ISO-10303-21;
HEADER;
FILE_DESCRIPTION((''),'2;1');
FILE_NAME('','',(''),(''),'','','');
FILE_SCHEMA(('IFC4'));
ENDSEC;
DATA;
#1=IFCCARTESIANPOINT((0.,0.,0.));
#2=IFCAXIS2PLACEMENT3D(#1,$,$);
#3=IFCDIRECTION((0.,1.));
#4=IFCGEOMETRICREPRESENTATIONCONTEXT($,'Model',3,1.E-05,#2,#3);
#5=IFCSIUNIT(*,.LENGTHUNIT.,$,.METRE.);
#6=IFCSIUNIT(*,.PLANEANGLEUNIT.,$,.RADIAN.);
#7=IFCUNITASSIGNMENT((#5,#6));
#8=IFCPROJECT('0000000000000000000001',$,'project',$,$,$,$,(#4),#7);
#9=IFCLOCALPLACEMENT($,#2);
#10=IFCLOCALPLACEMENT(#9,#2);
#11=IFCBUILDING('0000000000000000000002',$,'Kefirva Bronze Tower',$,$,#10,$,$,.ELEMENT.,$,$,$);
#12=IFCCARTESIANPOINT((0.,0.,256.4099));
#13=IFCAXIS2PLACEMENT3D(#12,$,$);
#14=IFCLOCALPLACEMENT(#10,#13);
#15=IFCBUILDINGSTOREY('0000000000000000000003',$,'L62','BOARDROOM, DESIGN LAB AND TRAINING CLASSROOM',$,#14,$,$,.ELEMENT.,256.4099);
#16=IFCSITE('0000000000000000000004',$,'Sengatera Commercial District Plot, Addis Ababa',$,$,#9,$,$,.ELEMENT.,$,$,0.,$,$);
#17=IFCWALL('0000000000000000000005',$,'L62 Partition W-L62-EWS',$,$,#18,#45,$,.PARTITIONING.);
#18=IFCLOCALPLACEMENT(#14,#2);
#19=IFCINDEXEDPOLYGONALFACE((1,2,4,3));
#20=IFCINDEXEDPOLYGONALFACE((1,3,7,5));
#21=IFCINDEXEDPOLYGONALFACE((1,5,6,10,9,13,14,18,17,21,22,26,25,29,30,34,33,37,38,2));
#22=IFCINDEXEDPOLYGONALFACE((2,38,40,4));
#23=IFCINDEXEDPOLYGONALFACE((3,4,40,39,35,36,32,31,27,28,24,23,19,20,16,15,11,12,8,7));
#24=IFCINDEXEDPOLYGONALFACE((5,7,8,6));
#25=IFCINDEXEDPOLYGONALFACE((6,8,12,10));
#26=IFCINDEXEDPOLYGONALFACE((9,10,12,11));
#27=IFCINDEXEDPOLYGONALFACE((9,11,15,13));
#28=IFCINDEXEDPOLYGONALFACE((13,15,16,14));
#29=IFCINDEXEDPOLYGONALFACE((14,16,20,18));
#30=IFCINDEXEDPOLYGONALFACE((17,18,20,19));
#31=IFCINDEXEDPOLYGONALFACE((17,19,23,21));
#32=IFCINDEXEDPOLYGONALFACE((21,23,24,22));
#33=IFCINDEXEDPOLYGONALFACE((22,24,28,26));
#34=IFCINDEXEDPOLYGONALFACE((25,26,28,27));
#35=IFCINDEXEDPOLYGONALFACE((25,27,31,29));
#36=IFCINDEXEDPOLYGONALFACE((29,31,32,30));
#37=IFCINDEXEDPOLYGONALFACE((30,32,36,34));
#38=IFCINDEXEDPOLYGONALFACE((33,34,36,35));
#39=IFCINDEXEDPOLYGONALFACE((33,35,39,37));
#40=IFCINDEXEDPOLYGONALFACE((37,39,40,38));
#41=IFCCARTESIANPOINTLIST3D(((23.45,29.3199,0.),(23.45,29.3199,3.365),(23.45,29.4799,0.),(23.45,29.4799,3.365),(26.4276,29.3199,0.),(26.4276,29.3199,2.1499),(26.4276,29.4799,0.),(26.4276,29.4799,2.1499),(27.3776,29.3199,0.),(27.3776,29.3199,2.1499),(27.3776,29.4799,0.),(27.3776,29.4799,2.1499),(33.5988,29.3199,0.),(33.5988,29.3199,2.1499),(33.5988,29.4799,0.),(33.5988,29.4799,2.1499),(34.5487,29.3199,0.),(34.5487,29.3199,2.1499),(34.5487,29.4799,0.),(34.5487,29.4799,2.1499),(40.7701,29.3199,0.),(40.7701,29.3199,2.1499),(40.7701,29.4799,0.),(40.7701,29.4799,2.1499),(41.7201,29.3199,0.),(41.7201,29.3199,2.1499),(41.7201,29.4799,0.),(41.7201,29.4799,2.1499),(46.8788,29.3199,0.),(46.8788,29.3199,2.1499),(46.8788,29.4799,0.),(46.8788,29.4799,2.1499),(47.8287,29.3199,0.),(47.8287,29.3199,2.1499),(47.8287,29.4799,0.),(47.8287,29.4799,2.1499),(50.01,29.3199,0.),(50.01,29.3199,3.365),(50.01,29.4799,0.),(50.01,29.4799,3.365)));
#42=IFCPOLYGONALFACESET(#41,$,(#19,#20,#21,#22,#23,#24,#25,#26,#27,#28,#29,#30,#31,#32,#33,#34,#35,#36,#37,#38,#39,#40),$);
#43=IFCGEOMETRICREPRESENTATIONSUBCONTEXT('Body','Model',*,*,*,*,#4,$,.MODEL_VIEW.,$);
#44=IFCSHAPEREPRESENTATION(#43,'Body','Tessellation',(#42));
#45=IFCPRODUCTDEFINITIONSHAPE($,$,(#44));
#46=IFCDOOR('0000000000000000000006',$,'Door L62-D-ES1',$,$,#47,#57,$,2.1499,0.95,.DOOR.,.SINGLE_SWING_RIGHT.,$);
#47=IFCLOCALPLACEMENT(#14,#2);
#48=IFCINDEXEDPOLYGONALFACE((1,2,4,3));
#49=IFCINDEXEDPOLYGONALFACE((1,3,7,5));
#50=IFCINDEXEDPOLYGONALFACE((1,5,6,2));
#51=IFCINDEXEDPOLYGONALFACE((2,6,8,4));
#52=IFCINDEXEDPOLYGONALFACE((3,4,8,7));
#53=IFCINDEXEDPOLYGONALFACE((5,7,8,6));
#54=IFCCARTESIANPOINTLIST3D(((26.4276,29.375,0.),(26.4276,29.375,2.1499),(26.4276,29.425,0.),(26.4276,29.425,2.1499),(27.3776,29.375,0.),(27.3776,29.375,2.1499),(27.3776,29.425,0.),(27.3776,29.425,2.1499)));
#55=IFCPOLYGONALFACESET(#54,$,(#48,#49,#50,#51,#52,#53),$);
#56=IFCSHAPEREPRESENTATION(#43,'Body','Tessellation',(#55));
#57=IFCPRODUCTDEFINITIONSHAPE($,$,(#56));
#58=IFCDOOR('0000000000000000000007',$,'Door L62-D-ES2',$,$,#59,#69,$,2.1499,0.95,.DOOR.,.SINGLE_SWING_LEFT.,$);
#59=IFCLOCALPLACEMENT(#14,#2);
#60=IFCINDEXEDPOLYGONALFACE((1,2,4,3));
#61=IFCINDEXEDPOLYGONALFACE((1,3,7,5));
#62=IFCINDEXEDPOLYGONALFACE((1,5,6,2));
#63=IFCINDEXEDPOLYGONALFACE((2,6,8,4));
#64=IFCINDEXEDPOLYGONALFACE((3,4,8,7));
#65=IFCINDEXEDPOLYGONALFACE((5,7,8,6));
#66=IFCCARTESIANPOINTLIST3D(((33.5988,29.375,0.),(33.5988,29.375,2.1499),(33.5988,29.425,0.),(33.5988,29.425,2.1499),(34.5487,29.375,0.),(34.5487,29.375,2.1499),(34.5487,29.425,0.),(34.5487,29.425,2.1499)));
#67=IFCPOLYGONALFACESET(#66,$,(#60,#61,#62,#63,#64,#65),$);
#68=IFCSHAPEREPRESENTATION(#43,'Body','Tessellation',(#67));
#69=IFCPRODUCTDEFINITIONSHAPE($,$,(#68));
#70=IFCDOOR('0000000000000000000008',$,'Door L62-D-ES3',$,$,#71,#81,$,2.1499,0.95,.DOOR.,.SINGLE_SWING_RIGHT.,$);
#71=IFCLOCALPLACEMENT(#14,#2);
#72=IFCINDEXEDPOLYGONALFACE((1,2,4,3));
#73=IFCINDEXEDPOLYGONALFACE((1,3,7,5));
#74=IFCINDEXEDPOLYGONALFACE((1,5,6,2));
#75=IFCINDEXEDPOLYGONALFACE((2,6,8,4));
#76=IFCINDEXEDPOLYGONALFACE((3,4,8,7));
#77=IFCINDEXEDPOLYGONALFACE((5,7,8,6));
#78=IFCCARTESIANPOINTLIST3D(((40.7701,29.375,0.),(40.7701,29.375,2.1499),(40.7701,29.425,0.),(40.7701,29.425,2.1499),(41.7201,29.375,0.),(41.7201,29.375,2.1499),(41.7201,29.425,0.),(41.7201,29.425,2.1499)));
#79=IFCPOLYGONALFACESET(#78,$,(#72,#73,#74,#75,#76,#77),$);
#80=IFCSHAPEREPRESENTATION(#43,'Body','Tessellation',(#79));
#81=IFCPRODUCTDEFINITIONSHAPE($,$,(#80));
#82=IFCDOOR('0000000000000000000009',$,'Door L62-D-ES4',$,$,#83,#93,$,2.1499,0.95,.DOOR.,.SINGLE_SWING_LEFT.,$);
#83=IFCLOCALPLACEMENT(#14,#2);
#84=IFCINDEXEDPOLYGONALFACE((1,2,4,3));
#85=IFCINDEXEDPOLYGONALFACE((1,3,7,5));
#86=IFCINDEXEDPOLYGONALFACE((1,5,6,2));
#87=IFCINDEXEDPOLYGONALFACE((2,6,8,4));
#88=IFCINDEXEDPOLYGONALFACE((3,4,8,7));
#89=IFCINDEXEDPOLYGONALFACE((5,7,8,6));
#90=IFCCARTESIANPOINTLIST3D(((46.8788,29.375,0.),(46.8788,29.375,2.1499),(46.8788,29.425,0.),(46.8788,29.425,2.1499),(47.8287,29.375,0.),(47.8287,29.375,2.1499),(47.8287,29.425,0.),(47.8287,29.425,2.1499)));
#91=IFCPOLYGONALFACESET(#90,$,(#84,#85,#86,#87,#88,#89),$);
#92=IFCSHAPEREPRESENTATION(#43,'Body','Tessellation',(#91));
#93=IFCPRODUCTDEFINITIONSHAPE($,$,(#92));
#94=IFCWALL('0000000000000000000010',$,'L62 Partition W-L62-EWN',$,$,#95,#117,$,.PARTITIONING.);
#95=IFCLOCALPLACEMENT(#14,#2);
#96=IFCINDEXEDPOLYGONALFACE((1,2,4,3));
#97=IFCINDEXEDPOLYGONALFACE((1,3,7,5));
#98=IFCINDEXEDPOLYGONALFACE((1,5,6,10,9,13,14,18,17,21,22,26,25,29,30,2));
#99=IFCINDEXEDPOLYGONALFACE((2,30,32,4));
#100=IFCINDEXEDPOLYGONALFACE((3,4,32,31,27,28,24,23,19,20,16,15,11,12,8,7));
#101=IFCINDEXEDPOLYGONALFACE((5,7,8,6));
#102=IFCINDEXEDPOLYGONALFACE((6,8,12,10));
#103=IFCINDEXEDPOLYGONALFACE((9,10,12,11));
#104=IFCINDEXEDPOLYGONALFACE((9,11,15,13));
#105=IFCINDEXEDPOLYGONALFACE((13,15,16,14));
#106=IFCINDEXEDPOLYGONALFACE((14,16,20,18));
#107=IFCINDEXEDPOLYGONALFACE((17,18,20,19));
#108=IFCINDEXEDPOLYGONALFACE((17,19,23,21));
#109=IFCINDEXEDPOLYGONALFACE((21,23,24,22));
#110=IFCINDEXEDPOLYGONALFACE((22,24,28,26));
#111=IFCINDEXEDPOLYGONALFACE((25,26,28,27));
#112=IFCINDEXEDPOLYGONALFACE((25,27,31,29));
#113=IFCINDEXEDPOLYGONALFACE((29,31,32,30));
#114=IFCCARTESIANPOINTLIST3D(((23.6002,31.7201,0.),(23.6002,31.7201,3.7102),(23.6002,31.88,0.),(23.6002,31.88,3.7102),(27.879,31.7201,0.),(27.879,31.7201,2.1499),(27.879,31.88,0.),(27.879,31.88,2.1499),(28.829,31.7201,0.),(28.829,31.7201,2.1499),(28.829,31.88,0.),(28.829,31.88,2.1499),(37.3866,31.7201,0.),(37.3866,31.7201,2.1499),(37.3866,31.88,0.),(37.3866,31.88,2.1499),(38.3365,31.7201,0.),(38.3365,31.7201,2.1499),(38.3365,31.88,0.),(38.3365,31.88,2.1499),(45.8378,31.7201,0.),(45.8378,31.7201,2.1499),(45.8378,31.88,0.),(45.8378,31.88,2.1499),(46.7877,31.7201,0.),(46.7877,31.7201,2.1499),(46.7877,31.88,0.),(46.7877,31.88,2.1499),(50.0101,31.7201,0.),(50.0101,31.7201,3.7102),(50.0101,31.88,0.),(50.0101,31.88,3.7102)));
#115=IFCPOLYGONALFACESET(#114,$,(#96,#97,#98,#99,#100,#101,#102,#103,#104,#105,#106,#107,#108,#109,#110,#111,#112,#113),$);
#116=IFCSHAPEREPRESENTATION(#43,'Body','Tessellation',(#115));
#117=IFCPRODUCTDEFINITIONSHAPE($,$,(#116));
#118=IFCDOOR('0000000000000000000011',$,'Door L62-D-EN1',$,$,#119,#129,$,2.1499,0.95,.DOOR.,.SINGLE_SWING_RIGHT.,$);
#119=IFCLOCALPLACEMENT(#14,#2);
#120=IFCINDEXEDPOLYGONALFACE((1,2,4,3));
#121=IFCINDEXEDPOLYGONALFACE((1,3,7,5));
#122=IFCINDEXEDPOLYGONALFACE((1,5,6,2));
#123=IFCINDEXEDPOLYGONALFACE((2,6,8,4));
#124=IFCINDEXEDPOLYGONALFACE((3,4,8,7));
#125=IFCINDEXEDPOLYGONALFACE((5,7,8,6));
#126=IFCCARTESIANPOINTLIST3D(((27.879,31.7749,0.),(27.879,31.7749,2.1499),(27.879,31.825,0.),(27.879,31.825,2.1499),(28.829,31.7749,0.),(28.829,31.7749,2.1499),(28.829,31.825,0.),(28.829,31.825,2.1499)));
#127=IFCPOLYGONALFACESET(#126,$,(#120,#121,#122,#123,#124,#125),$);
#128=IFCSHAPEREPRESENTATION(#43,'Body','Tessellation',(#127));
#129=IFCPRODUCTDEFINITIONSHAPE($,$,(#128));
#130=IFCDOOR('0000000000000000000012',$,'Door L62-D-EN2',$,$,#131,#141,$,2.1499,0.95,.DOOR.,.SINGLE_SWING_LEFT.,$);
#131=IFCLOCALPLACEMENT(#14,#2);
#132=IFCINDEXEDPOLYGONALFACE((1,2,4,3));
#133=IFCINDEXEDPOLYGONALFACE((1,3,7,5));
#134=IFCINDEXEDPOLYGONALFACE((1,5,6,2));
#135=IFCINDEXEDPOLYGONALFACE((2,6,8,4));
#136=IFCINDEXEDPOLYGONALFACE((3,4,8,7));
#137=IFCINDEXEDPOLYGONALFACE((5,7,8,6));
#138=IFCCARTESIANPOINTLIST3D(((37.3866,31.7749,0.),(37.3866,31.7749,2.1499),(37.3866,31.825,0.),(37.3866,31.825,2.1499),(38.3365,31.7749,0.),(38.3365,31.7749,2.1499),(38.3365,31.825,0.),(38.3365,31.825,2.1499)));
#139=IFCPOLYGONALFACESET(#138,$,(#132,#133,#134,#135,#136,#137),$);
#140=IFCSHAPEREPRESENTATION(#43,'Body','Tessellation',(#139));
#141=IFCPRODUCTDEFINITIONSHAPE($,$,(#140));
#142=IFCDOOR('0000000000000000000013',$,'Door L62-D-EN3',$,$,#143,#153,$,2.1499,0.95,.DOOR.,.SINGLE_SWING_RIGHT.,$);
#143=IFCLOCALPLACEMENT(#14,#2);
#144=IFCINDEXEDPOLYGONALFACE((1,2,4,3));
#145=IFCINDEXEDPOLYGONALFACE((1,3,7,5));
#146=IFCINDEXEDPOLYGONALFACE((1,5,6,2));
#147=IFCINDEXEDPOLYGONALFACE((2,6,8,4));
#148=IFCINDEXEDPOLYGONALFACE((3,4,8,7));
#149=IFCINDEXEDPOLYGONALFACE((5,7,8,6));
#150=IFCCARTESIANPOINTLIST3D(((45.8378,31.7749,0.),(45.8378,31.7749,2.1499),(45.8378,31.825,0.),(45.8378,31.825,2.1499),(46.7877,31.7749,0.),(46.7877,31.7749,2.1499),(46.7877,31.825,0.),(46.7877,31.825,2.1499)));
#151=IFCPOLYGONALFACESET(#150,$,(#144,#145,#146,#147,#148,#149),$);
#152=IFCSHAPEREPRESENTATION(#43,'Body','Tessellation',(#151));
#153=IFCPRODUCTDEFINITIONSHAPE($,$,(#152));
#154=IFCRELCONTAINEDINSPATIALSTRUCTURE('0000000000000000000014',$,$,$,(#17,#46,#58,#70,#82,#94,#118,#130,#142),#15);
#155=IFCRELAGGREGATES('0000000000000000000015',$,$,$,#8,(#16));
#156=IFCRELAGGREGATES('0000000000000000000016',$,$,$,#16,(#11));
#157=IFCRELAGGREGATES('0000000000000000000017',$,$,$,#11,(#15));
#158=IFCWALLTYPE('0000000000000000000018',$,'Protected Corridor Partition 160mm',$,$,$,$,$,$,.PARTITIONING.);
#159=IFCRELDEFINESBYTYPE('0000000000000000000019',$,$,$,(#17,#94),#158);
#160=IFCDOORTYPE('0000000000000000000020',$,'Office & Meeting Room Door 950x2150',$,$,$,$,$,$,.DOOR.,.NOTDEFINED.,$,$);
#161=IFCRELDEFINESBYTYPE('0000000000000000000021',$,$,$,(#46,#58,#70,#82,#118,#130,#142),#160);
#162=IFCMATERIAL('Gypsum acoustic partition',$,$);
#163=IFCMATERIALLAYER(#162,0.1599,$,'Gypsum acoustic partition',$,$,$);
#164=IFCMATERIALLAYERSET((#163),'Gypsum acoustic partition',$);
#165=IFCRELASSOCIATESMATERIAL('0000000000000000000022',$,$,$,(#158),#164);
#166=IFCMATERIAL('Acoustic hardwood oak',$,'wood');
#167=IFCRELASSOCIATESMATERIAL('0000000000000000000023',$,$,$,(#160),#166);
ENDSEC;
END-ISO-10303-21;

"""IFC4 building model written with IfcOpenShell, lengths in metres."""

from ifc_helpers import new_model, si_unit, direction, frame, frame_2d, origin, place, context, subcontext, project, spatial, rectangle, extrude, material, layer, layer_set, type_object, element, fill, save


model = new_model("IFC4")

# Units and contexts
model_context = context("Model", 3, precision=1e-05, world=origin(), true_north=direction((0.0, 1.0)))
body_context = subcontext(model_context, "Body", "Model", "MODEL_VIEW")
ifc_project = project(units=[si_unit("LENGTHUNIT", "METRE"), si_unit("PLANEANGLEUNIT", "RADIAN")], contexts=[model_context])

# Site, building, storey
site_placement = place(None, origin())
site = spatial("IfcSite", under=ifc_project, at=site_placement, Name="Sengatera Commercial District Plot, Addis Ababa", CompositionType="ELEMENT", RefElevation=0.0)
building_placement = place(site_placement, origin())
building = spatial("IfcBuilding", under=site, at=building_placement, Name="Kefirva Bronze Tower", CompositionType="ELEMENT")
storey_placement = place(building_placement, frame((0.0, 0.0, 256.4099)))
storey = spatial("IfcBuildingStorey", under=building, at=storey_placement, Name="L62", Description="BOARDROOM, DESIGN LAB AND TRAINING CLASSROOM", CompositionType="ELEMENT", Elevation=256.4099)

# Shared definitions
ifc_material_1 = material(Name="Gypsum acoustic partition")

# Walls, openings, doors
ifc_layer_1 = layer(ifc_material_1, 0.1599, Name="Gypsum acoustic partition")
ifc_layer_set_1 = layer_set([ifc_layer_1], Name="Gypsum acoustic partition")
wall_type_1 = type_object("IfcWallType", Name="Protected Corridor Partition 160mm", PredefinedType="PARTITIONING", material=ifc_layer_set_1)
wall_1_placement = place(storey_placement, frame((23.45, 29.3999, 0.0), z_axis=(0.0, 0.0, 1.0), x_axis=(1.0, 0.0, 0.0)))
wall_1 = element("IfcWall", 1, at=wall_1_placement, inside=storey, type_object=wall_type_1, Name="L62 Partition W-L62-EWS", PredefinedType="PARTITIONING", context=body_context, shape_type="SweptSolid", body=[
    extrude(rectangle(XDim=26.5601, YDim=0.1599, at=frame_2d((13.28, 0.0))), origin(), (0.0, 0.0, 1.0), 3.365),
])
opening_1_placement = place(wall_1_placement, frame((3.9277, 0.0, 0.0), z_axis=(0.0, 0.0, 1.0), x_axis=(-1.0, 0.0, 0.0)))
opening_1 = element("IfcOpeningElement", 2, at=opening_1_placement, cuts=wall_1, PredefinedType="OPENING", context=body_context, shape_type="SweptSolid", body=[
    extrude(rectangle(XDim=0.95, YDim=2.1499, at=frame_2d((0.4751, 1.075))), frame((0.0, 0.0898, 0.0), z_axis=(0.0, -1.0, 0.0), x_axis=(1.0, 0.0, 0.0)), (0.0, 0.0, 1.0), 0.1799),
])
opening_2_placement = place(wall_1_placement, frame((11.0989, 0.0, 0.0), z_axis=(0.0, 0.0, 1.0), x_axis=(-1.0, 0.0, 0.0)))
opening_2 = element("IfcOpeningElement", 3, at=opening_2_placement, cuts=wall_1, PredefinedType="OPENING", context=body_context, shape_type="SweptSolid", body=[
    extrude(rectangle(XDim=0.95, YDim=2.1499, at=frame_2d((0.4751, 1.075))), frame((0.0, 0.0898, 0.0), z_axis=(0.0, -1.0, 0.0), x_axis=(1.0, 0.0, 0.0)), (0.0, 0.0, 1.0), 0.1799),
])
opening_3_placement = place(wall_1_placement, frame((18.2703, 0.0, 0.0), z_axis=(0.0, 0.0, 1.0), x_axis=(-1.0, 0.0, 0.0)))
opening_3 = element("IfcOpeningElement", 4, at=opening_3_placement, cuts=wall_1, PredefinedType="OPENING", context=body_context, shape_type="SweptSolid", body=[
    extrude(rectangle(XDim=0.95, YDim=2.1499, at=frame_2d((0.4751, 1.075))), frame((0.0, 0.0898, 0.0), z_axis=(0.0, -1.0, 0.0), x_axis=(1.0, 0.0, 0.0)), (0.0, 0.0, 1.0), 0.1799),
])
opening_4_placement = place(wall_1_placement, frame((24.3789, 0.0, 0.0), z_axis=(0.0, 0.0, 1.0), x_axis=(-1.0, 0.0, 0.0)))
opening_4 = element("IfcOpeningElement", 5, at=opening_4_placement, cuts=wall_1, PredefinedType="OPENING", context=body_context, shape_type="SweptSolid", body=[
    extrude(rectangle(XDim=0.95, YDim=2.1499, at=frame_2d((0.4751, 1.075))), frame((0.0, 0.0898, 0.0), z_axis=(0.0, -1.0, 0.0), x_axis=(1.0, 0.0, 0.0)), (0.0, 0.0, 1.0), 0.1799),
])
ifc_material_2 = material(Name="Acoustic hardwood oak", Category="wood")
door_type_1 = type_object("IfcDoorType", Name="Office & Meeting Room Door 950x2150", OperationType="NOTDEFINED", PredefinedType="DOOR", material=ifc_material_2)
door_1_placement = place(opening_1_placement, origin())
door_1 = element("IfcDoor", 6, at=door_1_placement, inside=storey, type_object=door_type_1, Name="Door L62-D-ES1", OperationType="SINGLE_SWING_RIGHT", OverallHeight=2.1499, OverallWidth=0.95, PredefinedType="DOOR", context=body_context, shape_type="SweptSolid", body=[
    extrude(rectangle(XDim=0.95, YDim=2.1499, at=frame_2d((0.4751, 1.075))), frame((0.0, 0.0249, 0.0), z_axis=(0.0, -1.0, 0.0), x_axis=(1.0, 0.0, 0.0)), (0.0, 0.0, 1.0), 0.05),
])
fill(opening_1, door_1)
door_2_placement = place(opening_2_placement, origin())
door_2 = element("IfcDoor", 7, at=door_2_placement, inside=storey, type_object=door_type_1, Name="Door L62-D-ES2", OperationType="SINGLE_SWING_LEFT", OverallHeight=2.1499, OverallWidth=0.95, PredefinedType="DOOR", context=body_context, shape_type="SweptSolid", body=[
    extrude(rectangle(XDim=0.95, YDim=2.1499, at=frame_2d((0.4751, 1.075))), frame((0.0, 0.0249, 0.0), z_axis=(0.0, -1.0, 0.0), x_axis=(1.0, 0.0, 0.0)), (0.0, 0.0, 1.0), 0.05),
])
fill(opening_2, door_2)
door_3_placement = place(opening_3_placement, origin())
door_3 = element("IfcDoor", 8, at=door_3_placement, inside=storey, type_object=door_type_1, Name="Door L62-D-ES3", OperationType="SINGLE_SWING_RIGHT", OverallHeight=2.1499, OverallWidth=0.95, PredefinedType="DOOR", context=body_context, shape_type="SweptSolid", body=[
    extrude(rectangle(XDim=0.95, YDim=2.1499, at=frame_2d((0.4751, 1.075))), frame((0.0, 0.0249, 0.0), z_axis=(0.0, -1.0, 0.0), x_axis=(1.0, 0.0, 0.0)), (0.0, 0.0, 1.0), 0.05),
])
fill(opening_3, door_3)
door_4_placement = place(opening_4_placement, origin())
door_4 = element("IfcDoor", 9, at=door_4_placement, inside=storey, type_object=door_type_1, Name="Door L62-D-ES4", OperationType="SINGLE_SWING_LEFT", OverallHeight=2.1499, OverallWidth=0.95, PredefinedType="DOOR", context=body_context, shape_type="SweptSolid", body=[
    extrude(rectangle(XDim=0.95, YDim=2.1499, at=frame_2d((0.4751, 1.075))), frame((0.0, 0.0249, 0.0), z_axis=(0.0, -1.0, 0.0), x_axis=(1.0, 0.0, 0.0)), (0.0, 0.0, 1.0), 0.05),
])
fill(opening_4, door_4)
wall_2_placement = place(storey_placement, frame((23.6001, 31.8, 0.0), z_axis=(0.0, 0.0, 1.0), x_axis=(1.0, 0.0, 0.0)))
wall_2 = element("IfcWall", 10, at=wall_2_placement, inside=storey, type_object=wall_type_1, Name="L62 Partition W-L62-EWN", PredefinedType="PARTITIONING", context=body_context, shape_type="SweptSolid", body=[
    extrude(rectangle(XDim=26.4099, YDim=0.1599, at=frame_2d((13.2051, 0.0))), origin(), (0.0, 0.0, 1.0), 3.7102),
])
opening_5_placement = place(wall_2_placement, frame((4.2788, 0.0, 0.0)))
opening_5 = element("IfcOpeningElement", 11, at=opening_5_placement, cuts=wall_2, PredefinedType="OPENING", context=body_context, shape_type="SweptSolid", body=[
    extrude(rectangle(XDim=0.95, YDim=2.1499, at=frame_2d((0.4751, 1.075))), frame((0.0, 0.0898, 0.0), z_axis=(0.0, -1.0, 0.0), x_axis=(1.0, 0.0, 0.0)), (0.0, 0.0, 1.0), 0.1799),
])
opening_6_placement = place(wall_2_placement, frame((13.7864, 0.0, 0.0)))
opening_6 = element("IfcOpeningElement", 12, at=opening_6_placement, cuts=wall_2, PredefinedType="OPENING", context=body_context, shape_type="SweptSolid", body=[
    extrude(rectangle(XDim=0.95, YDim=2.1499, at=frame_2d((0.4751, 1.075))), frame((0.0, 0.0898, 0.0), z_axis=(0.0, -1.0, 0.0), x_axis=(1.0, 0.0, 0.0)), (0.0, 0.0, 1.0), 0.1799),
])
opening_7_placement = place(wall_2_placement, frame((22.2375, 0.0, 0.0)))
opening_7 = element("IfcOpeningElement", 13, at=opening_7_placement, cuts=wall_2, PredefinedType="OPENING", context=body_context, shape_type="SweptSolid", body=[
    extrude(rectangle(XDim=0.95, YDim=2.1499, at=frame_2d((0.4751, 1.075))), frame((0.0, 0.0898, 0.0), z_axis=(0.0, -1.0, 0.0), x_axis=(1.0, 0.0, 0.0)), (0.0, 0.0, 1.0), 0.1799),
])
door_5_placement = place(opening_5_placement, origin())
door_5 = element("IfcDoor", 14, at=door_5_placement, inside=storey, type_object=door_type_1, Name="Door L62-D-EN1", OperationType="SINGLE_SWING_RIGHT", OverallHeight=2.1499, OverallWidth=0.95, PredefinedType="DOOR", context=body_context, shape_type="SweptSolid", body=[
    extrude(rectangle(XDim=0.95, YDim=2.1499, at=frame_2d((0.4751, 1.075))), frame((0.0, 0.0249, 0.0), z_axis=(0.0, -1.0, 0.0), x_axis=(1.0, 0.0, 0.0)), (0.0, 0.0, 1.0), 0.05),
])
fill(opening_5, door_5)
door_6_placement = place(opening_6_placement, origin())
door_6 = element("IfcDoor", 15, at=door_6_placement, inside=storey, type_object=door_type_1, Name="Door L62-D-EN2", OperationType="SINGLE_SWING_LEFT", OverallHeight=2.1499, OverallWidth=0.95, PredefinedType="DOOR", context=body_context, shape_type="SweptSolid", body=[
    extrude(rectangle(XDim=0.95, YDim=2.1499, at=frame_2d((0.4751, 1.075))), frame((0.0, 0.0249, 0.0), z_axis=(0.0, -1.0, 0.0), x_axis=(1.0, 0.0, 0.0)), (0.0, 0.0, 1.0), 0.05),
])
fill(opening_6, door_6)
door_7_placement = place(opening_7_placement, origin())
door_7 = element("IfcDoor", 16, at=door_7_placement, inside=storey, type_object=door_type_1, Name="Door L62-D-EN3", OperationType="SINGLE_SWING_RIGHT", OverallHeight=2.1499, OverallWidth=0.95, PredefinedType="DOOR", context=body_context, shape_type="SweptSolid", body=[
    extrude(rectangle(XDim=0.95, YDim=2.1499, at=frame_2d((0.4751, 1.075))), frame((0.0, 0.0249, 0.0), z_axis=(0.0, -1.0, 0.0), x_axis=(1.0, 0.0, 0.0)), (0.0, 0.0, 1.0), 0.05),
])
fill(opening_7, door_7)

save(model, "model.ifc")
